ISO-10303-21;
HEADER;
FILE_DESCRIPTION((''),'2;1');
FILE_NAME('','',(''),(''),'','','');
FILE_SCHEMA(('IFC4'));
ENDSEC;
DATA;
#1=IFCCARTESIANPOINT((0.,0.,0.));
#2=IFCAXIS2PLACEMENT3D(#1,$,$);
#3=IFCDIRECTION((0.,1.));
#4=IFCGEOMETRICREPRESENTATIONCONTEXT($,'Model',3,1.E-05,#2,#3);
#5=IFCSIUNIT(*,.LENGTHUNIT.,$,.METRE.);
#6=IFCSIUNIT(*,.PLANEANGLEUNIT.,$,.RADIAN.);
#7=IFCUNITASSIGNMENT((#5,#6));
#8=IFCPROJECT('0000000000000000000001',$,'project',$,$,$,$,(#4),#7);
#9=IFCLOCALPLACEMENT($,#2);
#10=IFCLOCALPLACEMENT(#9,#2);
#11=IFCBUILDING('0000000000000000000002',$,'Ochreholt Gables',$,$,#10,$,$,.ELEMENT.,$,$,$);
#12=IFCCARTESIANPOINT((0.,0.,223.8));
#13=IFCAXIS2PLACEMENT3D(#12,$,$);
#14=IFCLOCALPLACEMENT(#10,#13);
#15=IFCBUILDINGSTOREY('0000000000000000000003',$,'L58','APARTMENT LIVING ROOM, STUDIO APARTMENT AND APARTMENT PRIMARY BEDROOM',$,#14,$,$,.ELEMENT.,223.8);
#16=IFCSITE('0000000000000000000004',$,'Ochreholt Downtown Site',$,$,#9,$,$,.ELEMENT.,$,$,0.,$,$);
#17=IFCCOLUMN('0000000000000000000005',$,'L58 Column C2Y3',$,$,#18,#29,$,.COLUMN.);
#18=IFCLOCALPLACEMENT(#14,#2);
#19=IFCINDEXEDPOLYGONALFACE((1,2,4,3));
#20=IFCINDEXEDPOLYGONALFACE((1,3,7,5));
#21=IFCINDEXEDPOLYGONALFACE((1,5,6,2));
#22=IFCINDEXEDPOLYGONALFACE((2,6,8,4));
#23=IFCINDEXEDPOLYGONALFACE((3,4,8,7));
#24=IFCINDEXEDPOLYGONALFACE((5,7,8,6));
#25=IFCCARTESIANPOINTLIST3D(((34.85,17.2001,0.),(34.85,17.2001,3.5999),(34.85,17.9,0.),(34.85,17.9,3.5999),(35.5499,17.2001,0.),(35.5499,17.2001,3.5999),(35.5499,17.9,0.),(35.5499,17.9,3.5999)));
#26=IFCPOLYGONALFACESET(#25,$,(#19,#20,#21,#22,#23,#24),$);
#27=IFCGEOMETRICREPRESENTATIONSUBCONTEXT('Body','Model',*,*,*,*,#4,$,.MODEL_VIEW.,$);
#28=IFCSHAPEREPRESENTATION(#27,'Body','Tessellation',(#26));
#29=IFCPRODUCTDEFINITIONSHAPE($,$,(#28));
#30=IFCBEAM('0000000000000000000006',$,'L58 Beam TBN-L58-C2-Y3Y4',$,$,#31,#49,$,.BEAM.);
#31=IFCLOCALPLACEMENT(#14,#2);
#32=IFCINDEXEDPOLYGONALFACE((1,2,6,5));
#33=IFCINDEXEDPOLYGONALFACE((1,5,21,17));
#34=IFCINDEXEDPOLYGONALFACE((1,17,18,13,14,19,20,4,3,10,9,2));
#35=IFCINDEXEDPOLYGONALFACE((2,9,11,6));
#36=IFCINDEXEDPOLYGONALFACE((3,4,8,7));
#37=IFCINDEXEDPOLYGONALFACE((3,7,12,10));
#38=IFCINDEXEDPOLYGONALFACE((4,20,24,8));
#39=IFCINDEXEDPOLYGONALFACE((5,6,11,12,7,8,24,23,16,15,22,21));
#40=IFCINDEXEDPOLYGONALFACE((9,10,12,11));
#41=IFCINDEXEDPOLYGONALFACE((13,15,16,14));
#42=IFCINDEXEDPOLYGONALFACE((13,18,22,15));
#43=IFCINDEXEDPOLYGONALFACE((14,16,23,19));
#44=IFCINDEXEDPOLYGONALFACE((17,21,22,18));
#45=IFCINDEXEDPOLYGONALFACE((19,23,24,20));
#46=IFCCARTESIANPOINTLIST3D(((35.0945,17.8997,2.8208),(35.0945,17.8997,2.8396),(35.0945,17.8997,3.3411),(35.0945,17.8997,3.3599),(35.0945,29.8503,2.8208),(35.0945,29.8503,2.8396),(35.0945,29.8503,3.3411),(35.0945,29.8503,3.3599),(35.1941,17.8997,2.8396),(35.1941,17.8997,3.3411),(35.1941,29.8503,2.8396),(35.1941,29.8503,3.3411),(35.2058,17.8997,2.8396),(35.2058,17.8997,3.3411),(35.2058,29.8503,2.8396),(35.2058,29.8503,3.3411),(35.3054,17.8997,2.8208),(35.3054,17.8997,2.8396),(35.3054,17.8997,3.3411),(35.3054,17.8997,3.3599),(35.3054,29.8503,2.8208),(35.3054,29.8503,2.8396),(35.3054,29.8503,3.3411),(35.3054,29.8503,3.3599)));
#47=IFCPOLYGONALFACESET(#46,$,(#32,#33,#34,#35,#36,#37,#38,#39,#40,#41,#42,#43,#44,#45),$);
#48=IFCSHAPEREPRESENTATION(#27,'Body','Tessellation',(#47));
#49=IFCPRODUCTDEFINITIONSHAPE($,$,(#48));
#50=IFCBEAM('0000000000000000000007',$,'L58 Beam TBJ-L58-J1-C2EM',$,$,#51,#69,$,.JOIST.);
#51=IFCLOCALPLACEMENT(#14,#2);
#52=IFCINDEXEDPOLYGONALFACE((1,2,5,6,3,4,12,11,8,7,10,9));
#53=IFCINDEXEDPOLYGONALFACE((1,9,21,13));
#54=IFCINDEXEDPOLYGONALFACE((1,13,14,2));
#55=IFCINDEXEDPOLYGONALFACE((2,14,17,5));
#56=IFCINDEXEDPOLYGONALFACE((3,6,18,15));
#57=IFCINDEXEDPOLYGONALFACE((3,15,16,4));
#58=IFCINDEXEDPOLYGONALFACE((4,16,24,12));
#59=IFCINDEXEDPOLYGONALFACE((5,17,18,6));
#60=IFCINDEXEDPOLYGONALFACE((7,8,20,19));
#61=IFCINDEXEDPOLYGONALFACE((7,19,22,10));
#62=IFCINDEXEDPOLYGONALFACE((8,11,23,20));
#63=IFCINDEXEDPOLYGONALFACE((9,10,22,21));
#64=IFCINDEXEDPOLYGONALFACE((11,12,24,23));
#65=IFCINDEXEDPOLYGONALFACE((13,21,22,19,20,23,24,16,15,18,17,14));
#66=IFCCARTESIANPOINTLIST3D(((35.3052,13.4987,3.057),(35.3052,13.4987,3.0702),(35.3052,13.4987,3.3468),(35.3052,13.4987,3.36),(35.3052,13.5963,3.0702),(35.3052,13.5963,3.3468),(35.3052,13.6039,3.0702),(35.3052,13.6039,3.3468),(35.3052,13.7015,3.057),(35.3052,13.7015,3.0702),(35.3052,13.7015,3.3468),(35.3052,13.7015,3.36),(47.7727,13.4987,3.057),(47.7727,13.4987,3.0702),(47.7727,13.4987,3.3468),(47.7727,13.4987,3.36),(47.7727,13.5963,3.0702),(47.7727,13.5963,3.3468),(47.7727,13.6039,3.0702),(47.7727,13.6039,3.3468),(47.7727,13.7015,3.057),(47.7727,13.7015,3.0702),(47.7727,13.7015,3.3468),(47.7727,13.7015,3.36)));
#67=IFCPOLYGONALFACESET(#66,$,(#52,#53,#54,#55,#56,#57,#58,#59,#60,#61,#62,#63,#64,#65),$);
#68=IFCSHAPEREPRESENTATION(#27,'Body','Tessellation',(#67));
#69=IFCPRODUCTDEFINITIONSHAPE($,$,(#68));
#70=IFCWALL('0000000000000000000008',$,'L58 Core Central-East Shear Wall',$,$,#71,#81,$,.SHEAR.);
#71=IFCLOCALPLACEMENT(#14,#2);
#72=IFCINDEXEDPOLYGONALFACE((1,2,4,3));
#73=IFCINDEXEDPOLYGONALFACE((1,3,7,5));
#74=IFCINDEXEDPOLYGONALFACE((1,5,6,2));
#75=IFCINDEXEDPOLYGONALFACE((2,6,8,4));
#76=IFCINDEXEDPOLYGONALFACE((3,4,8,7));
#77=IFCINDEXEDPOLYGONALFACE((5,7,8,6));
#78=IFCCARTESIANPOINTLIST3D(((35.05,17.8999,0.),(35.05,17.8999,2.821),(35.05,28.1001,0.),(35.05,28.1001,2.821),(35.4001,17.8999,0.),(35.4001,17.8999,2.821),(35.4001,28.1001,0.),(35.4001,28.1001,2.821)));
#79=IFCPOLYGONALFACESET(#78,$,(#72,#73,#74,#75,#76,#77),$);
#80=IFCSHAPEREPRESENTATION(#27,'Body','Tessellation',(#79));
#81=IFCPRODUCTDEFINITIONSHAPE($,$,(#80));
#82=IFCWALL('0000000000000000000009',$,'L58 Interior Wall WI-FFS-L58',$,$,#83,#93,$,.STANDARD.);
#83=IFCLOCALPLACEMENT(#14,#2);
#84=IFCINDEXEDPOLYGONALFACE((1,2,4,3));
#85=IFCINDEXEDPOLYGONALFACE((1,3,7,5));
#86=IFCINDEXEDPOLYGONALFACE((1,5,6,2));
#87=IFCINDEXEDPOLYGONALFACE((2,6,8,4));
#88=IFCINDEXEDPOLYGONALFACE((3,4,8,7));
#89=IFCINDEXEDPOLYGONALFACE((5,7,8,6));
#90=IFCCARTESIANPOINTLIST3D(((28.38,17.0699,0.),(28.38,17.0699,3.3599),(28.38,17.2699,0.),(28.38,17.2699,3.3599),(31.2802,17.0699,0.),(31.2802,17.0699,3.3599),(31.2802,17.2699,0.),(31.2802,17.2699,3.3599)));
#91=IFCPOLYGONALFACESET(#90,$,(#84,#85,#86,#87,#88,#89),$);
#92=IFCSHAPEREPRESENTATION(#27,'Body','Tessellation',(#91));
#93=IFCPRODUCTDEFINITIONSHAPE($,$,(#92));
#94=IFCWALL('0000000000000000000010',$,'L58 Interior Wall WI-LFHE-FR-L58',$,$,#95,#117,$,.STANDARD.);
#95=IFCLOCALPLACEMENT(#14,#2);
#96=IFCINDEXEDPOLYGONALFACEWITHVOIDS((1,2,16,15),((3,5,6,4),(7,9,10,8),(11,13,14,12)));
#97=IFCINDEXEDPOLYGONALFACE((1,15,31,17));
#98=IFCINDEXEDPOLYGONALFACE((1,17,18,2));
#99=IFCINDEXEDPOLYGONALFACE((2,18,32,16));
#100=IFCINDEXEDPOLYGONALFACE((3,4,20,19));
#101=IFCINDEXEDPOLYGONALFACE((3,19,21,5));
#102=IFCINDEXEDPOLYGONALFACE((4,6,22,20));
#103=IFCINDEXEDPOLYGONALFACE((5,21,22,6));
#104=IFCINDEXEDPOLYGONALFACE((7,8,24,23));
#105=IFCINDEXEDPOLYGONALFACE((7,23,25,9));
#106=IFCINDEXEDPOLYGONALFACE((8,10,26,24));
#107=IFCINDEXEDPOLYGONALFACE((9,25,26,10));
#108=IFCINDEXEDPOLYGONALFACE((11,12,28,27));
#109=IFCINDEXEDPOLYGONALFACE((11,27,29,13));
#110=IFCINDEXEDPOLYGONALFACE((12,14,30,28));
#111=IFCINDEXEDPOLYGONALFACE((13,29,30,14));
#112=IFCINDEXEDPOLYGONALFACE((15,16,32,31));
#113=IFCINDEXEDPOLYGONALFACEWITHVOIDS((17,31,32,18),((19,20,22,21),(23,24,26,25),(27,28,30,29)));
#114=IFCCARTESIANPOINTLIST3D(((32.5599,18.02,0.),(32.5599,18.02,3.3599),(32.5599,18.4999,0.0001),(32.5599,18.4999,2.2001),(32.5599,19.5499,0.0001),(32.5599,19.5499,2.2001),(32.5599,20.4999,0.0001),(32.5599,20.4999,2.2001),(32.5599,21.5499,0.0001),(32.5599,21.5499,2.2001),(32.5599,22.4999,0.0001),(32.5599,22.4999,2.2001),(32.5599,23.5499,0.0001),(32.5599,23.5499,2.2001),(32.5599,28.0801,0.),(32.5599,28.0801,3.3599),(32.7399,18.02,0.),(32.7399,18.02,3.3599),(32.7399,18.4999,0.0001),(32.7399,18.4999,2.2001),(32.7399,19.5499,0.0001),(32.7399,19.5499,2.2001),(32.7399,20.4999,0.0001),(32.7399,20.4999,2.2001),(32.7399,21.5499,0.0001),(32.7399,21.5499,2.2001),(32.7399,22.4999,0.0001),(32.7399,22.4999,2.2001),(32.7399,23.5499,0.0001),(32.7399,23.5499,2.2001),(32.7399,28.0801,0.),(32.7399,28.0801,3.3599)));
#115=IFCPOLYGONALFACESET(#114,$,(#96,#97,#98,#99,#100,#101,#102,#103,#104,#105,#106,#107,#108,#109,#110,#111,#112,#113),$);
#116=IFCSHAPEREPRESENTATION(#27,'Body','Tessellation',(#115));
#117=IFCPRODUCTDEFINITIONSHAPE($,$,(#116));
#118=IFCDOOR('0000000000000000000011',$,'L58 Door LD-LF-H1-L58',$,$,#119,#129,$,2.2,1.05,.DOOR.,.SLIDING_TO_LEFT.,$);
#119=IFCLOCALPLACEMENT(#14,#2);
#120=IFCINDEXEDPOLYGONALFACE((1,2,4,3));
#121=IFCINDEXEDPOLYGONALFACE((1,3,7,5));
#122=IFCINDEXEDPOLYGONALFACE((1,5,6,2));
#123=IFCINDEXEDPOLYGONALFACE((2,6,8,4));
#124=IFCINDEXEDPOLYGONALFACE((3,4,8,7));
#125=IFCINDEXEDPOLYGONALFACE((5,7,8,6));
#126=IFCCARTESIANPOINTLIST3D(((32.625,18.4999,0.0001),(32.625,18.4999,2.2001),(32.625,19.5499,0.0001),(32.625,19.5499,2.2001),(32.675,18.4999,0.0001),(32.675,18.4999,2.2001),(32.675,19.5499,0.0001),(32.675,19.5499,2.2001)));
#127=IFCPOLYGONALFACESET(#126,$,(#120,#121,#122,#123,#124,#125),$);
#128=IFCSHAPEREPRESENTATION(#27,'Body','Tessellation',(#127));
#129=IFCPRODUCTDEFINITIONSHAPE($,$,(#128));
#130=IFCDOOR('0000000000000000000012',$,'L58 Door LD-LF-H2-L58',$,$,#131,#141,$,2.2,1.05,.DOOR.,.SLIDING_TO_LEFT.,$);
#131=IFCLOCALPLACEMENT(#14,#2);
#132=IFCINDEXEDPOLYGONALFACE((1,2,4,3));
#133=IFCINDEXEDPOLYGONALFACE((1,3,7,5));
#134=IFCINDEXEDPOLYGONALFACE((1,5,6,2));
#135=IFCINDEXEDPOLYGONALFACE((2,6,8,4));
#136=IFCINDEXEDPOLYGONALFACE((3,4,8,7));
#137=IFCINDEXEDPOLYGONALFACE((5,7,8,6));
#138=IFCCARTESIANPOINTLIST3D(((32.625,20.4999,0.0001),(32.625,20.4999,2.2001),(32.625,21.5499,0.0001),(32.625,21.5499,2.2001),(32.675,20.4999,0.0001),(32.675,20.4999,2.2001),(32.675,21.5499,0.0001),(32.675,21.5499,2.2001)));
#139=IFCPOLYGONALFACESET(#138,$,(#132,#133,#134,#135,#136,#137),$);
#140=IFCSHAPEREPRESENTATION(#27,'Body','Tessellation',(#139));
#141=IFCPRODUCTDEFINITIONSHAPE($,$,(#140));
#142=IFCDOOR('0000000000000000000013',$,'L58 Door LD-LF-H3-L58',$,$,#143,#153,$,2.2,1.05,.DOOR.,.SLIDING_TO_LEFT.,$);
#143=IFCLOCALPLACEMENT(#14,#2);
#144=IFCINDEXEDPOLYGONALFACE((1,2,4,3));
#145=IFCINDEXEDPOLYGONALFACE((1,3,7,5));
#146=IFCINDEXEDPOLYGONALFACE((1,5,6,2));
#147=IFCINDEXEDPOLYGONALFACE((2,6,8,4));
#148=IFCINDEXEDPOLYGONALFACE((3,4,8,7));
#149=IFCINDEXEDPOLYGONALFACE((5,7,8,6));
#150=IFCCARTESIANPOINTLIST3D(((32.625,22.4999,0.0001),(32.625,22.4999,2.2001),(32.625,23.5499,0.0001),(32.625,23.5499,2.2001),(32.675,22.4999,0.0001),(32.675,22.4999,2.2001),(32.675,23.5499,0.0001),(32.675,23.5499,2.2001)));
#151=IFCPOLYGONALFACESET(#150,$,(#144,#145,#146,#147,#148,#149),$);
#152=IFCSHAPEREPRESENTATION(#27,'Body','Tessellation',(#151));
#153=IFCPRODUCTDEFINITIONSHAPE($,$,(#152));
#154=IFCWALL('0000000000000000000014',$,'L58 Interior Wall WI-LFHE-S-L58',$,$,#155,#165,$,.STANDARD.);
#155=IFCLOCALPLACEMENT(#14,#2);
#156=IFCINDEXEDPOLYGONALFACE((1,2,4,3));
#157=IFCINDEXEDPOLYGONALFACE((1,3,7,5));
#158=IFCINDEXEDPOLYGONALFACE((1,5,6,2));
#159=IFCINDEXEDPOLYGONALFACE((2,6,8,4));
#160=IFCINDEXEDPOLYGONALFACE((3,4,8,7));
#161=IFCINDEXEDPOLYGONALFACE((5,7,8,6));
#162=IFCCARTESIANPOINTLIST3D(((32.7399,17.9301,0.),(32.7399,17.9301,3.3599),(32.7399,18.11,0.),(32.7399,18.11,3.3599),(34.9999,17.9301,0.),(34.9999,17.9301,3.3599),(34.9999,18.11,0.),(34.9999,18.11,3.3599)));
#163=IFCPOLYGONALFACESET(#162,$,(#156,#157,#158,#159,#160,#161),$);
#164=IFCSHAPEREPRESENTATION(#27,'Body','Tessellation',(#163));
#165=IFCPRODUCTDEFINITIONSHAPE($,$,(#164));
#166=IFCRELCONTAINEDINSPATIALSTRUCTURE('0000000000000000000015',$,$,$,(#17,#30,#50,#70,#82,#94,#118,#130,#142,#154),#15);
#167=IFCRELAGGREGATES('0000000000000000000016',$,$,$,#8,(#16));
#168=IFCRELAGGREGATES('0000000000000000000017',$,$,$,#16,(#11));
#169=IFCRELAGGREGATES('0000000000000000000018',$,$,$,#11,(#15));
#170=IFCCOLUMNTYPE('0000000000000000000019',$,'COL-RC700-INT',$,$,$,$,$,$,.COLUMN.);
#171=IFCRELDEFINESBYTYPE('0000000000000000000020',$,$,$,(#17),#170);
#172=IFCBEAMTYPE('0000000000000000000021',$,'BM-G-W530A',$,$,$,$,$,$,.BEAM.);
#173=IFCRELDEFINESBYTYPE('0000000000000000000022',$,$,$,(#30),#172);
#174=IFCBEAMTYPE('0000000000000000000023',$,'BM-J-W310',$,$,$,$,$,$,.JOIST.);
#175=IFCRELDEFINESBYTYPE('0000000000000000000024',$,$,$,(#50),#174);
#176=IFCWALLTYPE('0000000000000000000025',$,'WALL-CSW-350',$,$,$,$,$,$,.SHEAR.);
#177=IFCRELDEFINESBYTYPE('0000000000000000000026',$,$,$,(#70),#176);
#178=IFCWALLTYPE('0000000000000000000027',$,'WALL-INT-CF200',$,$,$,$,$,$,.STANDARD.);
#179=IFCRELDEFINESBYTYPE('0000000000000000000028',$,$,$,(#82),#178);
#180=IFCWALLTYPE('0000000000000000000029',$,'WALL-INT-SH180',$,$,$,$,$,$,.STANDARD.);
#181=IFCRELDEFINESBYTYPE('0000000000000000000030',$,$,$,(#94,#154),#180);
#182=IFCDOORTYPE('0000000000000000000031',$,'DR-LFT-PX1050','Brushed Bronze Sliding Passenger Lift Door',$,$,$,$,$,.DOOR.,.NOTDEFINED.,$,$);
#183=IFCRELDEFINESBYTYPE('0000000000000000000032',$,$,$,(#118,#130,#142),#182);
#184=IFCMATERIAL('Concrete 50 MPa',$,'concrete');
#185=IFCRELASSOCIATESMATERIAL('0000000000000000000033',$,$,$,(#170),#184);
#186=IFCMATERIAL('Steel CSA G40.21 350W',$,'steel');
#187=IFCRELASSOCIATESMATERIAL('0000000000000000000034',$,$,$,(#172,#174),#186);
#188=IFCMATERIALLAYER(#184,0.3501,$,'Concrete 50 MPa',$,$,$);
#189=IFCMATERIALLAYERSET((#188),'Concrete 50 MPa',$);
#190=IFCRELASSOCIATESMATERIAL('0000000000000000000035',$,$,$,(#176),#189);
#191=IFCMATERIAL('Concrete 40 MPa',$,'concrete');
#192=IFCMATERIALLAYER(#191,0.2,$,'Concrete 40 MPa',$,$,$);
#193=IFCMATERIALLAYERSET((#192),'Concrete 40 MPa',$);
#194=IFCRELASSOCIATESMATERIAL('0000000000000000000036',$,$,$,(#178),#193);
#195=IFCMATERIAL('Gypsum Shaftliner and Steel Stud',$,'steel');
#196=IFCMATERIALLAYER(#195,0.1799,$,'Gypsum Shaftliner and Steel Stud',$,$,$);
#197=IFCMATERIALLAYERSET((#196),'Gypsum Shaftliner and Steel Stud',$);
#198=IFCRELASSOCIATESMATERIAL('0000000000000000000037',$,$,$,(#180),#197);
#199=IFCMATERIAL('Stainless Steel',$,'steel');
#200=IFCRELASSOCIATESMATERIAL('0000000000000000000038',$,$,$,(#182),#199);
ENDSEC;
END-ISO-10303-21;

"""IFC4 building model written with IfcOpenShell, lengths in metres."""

from ifc_helpers import new_model, si_unit, direction, frame, frame_2d, origin, origin_2d, place, context, subcontext, project, spatial, rectangle, i_section, extrude, material, layer, layer_set, material_profile, profile_set, type_object, element, fill, save


model = new_model("IFC4")

# Units and contexts
model_context = context("Model", 3, precision=1e-05, world=origin(), true_north=direction((0.0, 1.0)))
body_context = subcontext(model_context, "Body", "Model", "MODEL_VIEW")
ifc_project = project(units=[si_unit("LENGTHUNIT", "METRE"), si_unit("PLANEANGLEUNIT", "RADIAN")], contexts=[model_context])

# Site, building, storey
site_placement = place(None, origin())
site = spatial("IfcSite", under=ifc_project, at=site_placement, Name="Ochreholt Downtown Site", CompositionType="ELEMENT", RefElevation=0.0)
building_placement = place(site_placement, origin())
building = spatial("IfcBuilding", under=site, at=building_placement, Name="Ochreholt Gables", CompositionType="ELEMENT")
storey_placement = place(building_placement, frame((0.0, 0.0, 223.8)))
storey = spatial("IfcBuildingStorey", under=building, at=storey_placement, Name="L58", Description="APARTMENT LIVING ROOM, STUDIO APARTMENT AND APARTMENT PRIMARY BEDROOM", CompositionType="ELEMENT", Elevation=223.8)

# Column
ifc_material_1 = material(Name="Concrete 50 MPa", Category="concrete")
ifc_material_profile_1 = material_profile(ifc_material_1, rectangle(XDim=0.7, YDim=0.7, at=origin_2d()), Name="RC700X700")
ifc_profile_set_1 = profile_set([ifc_material_profile_1], Name="Concrete 50 MPa")
column_type = type_object("IfcColumnType", Name="COL-RC700-INT", PredefinedType="COLUMN", material=ifc_profile_set_1)
column_placement = place(storey_placement, frame((35.2, 17.55, 0.0), z_axis=(0.0, 0.0, 1.0), x_axis=(1.0, 0.0, 0.0)))
element("IfcColumn", 1, at=column_placement, inside=storey, type_object=column_type, Name="L58 Column C2Y3", PredefinedType="COLUMN", context=body_context, shape_type="SweptSolid", body=[
    extrude(rectangle(XDim=0.7, YDim=0.7, at=origin_2d()), origin(), (0.0, 0.0, 1.0), 3.5999),
])

# Beams
ifc_material_2 = material(Name="Steel CSA G40.21 350W", Category="steel")
ifc_material_profile_2 = material_profile(ifc_material_2, i_section(OverallWidth=0.2109, OverallDepth=0.5391, WebThickness=0.0117, FlangeThickness=0.0188, at=origin_2d()), Name="W530X109")
ifc_profile_set_2 = profile_set([ifc_material_profile_2], Name="Steel CSA G40.21 350W")
beam_type_1 = type_object("IfcBeamType", Name="BM-G-W530A", PredefinedType="BEAM", material=ifc_profile_set_2)
beam_1_placement = place(storey_placement, frame((35.2, 17.8997, 3.0903), z_axis=(0.0, 1.0, 0.0), x_axis=(-1.0, 0.0, 0.0)))
element("IfcBeam", 2, at=beam_1_placement, inside=storey, type_object=beam_type_1, Name="L58 Beam TBN-L58-C2-Y3Y4", PredefinedType="BEAM", context=body_context, shape_type="SweptSolid", body=[
    extrude(i_section(OverallWidth=0.2109, OverallDepth=0.5391, WebThickness=0.0117, FlangeThickness=0.0188, at=origin_2d()), origin(), (0.0, 0.0, 1.0), 11.9507),
])
ifc_material_profile_3 = material_profile(ifc_material_2, i_section(OverallWidth=0.2029, OverallDepth=0.303, WebThickness=0.0076, FlangeThickness=0.0132, at=origin_2d()), Name="W310X60")
ifc_profile_set_3 = profile_set([ifc_material_profile_3], Name="Steel CSA G40.21 350W")
beam_type_2 = type_object("IfcBeamType", Name="BM-J-W310", PredefinedType="JOIST", material=ifc_profile_set_3)
beam_2_placement = place(storey_placement, frame((35.3052, 13.6001, 3.2085), z_axis=(1.0, 0.0, 0.0), x_axis=(0.0, 1.0, 0.0)))
element("IfcBeam", 3, at=beam_2_placement, inside=storey, type_object=beam_type_2, Name="L58 Beam TBJ-L58-J1-C2EM", PredefinedType="JOIST", context=body_context, shape_type="SweptSolid", body=[
    extrude(i_section(OverallWidth=0.2029, OverallDepth=0.303, WebThickness=0.0076, FlangeThickness=0.0132, at=origin_2d()), origin(), (0.0, 0.0, 1.0), 12.4675),
])

# Walls
ifc_layer_1 = layer(ifc_material_1, 0.3501, Name="Concrete 50 MPa")
ifc_layer_set_1 = layer_set([ifc_layer_1], Name="Concrete 50 MPa")
wall_type_1 = type_object("IfcWallType", Name="WALL-CSW-350", PredefinedType="SHEAR", material=ifc_layer_set_1)
wall_1_placement = place(storey_placement, frame((35.2251, 17.8999, 0.0), z_axis=(0.0, 0.0, 1.0), x_axis=(0.0, 1.0, 0.0)))
element("IfcWall", 4, at=wall_1_placement, inside=storey, type_object=wall_type_1, Name="L58 Core Central-East Shear Wall", PredefinedType="SHEAR", context=body_context, shape_type="SweptSolid", body=[
    extrude(rectangle(XDim=10.2002, YDim=0.3501, at=frame_2d((5.1001, 0.0))), origin(), (0.0, 0.0, 1.0), 2.821),
])
ifc_material_3 = material(Name="Concrete 40 MPa", Category="concrete")
ifc_layer_2 = layer(ifc_material_3, 0.2, Name="Concrete 40 MPa")
ifc_layer_set_2 = layer_set([ifc_layer_2], Name="Concrete 40 MPa")
wall_type_2 = type_object("IfcWallType", Name="WALL-INT-CF200", PredefinedType="STANDARD", material=ifc_layer_set_2)
wall_2_placement = place(storey_placement, frame((28.3799, 17.1699, 0.0), z_axis=(0.0, 0.0, 1.0), x_axis=(1.0, 0.0, 0.0)))
element("IfcWall", 5, at=wall_2_placement, inside=storey, type_object=wall_type_2, Name="L58 Interior Wall WI-FFS-L58", PredefinedType="STANDARD", context=body_context, shape_type="SweptSolid", body=[
    extrude(rectangle(XDim=2.9001, YDim=0.2, at=frame_2d((1.4502, 0.0))), origin(), (0.0, 0.0, 1.0), 3.3599),
])

# Wall, openings, doors
ifc_material_4 = material(Name="Gypsum Shaftliner and Steel Stud", Category="steel")
ifc_layer_3 = layer(ifc_material_4, 0.1799, Name="Gypsum Shaftliner and Steel Stud")
ifc_layer_set_3 = layer_set([ifc_layer_3], Name="Gypsum Shaftliner and Steel Stud")
wall_type_3 = type_object("IfcWallType", Name="WALL-INT-SH180", PredefinedType="STANDARD", material=ifc_layer_set_3)
wall_3_placement = place(storey_placement, frame((32.6499, 18.02, 0.0), z_axis=(0.0, 0.0, 1.0), x_axis=(0.0, 1.0, 0.0)))
wall_3 = element("IfcWall", 6, at=wall_3_placement, inside=storey, type_object=wall_type_3, Name="L58 Interior Wall WI-LFHE-FR-L58", PredefinedType="STANDARD", context=body_context, shape_type="SweptSolid", body=[
    extrude(rectangle(XDim=10.0601, YDim=0.1799, at=frame_2d((5.03, 0.0))), origin(), (0.0, 0.0, 1.0), 3.3599),
])
opening_1_placement = place(wall_3_placement, frame((0.48, 0.0, 0.0)))
opening_1 = element("IfcOpeningElement", 7, at=opening_1_placement, cuts=wall_3, PredefinedType="OPENING", context=body_context, shape_type="SweptSolid", body=[
    extrude(rectangle(XDim=1.05, YDim=2.2, at=frame_2d((0.5249, 1.1001))), frame((0.0, 0.0999, 0.0), z_axis=(0.0, -1.0, 0.0), x_axis=(1.0, 0.0, 0.0)), (0.0, 0.0, 1.0), 0.2),
])
opening_2_placement = place(wall_3_placement, frame((2.48, 0.0, 0.0)))
opening_2 = element("IfcOpeningElement", 8, at=opening_2_placement, cuts=wall_3, PredefinedType="OPENING", context=body_context, shape_type="SweptSolid", body=[
    extrude(rectangle(XDim=1.05, YDim=2.2, at=frame_2d((0.5249, 1.1001))), frame((0.0, 0.0999, 0.0), z_axis=(0.0, -1.0, 0.0), x_axis=(1.0, 0.0, 0.0)), (0.0, 0.0, 1.0), 0.2),
])
opening_3_placement = place(wall_3_placement, frame((4.48, 0.0, 0.0)))
opening_3 = element("IfcOpeningElement", 9, at=opening_3_placement, cuts=wall_3, PredefinedType="OPENING", context=body_context, shape_type="SweptSolid", body=[
    extrude(rectangle(XDim=1.05, YDim=2.2, at=frame_2d((0.5249, 1.1001))), frame((0.0, 0.0999, 0.0), z_axis=(0.0, -1.0, 0.0), x_axis=(1.0, 0.0, 0.0)), (0.0, 0.0, 1.0), 0.2),
])
ifc_material_5 = material(Name="Stainless Steel", Category="steel")
door_type_1 = type_object("IfcDoorType", Name="DR-LFT-PX1050", Description="Brushed Bronze Sliding Passenger Lift Door", OperationType="NOTDEFINED", PredefinedType="DOOR", material=ifc_material_5)
door_1_placement = place(opening_1_placement, origin())
door_1 = element("IfcDoor", 10, at=door_1_placement, inside=storey, type_object=door_type_1, Name="L58 Door LD-LF-H1-L58", OperationType="SLIDING_TO_LEFT", OverallHeight=2.2, OverallWidth=1.05, PredefinedType="DOOR", context=body_context, shape_type="SweptSolid", body=[
    extrude(rectangle(XDim=1.05, YDim=2.2, at=frame_2d((0.5249, 1.1001))), frame((0.0, 0.0249, 0.0), z_axis=(0.0, -1.0, 0.0), x_axis=(1.0, 0.0, 0.0)), (0.0, 0.0, 1.0), 0.05),
])
fill(opening_1, door_1)
door_2_placement = place(opening_2_placement, origin())
door_2 = element("IfcDoor", 11, at=door_2_placement, inside=storey, type_object=door_type_1, Name="L58 Door LD-LF-H2-L58", OperationType="SLIDING_TO_LEFT", OverallHeight=2.2, OverallWidth=1.05, PredefinedType="DOOR", context=body_context, shape_type="SweptSolid", body=[
    extrude(rectangle(XDim=1.05, YDim=2.2, at=frame_2d((0.5249, 1.1001))), frame((0.0, 0.0249, 0.0), z_axis=(0.0, -1.0, 0.0), x_axis=(1.0, 0.0, 0.0)), (0.0, 0.0, 1.0), 0.05),
])
fill(opening_2, door_2)
door_3_placement = place(opening_3_placement, origin())
door_3 = element("IfcDoor", 12, at=door_3_placement, inside=storey, type_object=door_type_1, Name="L58 Door LD-LF-H3-L58", OperationType="SLIDING_TO_LEFT", OverallHeight=2.2, OverallWidth=1.05, PredefinedType="DOOR", context=body_context, shape_type="SweptSolid", body=[
    extrude(rectangle(XDim=1.05, YDim=2.2, at=frame_2d((0.5249, 1.1001))), frame((0.0, 0.0249, 0.0), z_axis=(0.0, -1.0, 0.0), x_axis=(1.0, 0.0, 0.0)), (0.0, 0.0, 1.0), 0.05),
])
fill(opening_3, door_3)

# Wall
wall_4_placement = place(storey_placement, frame((32.74, 18.02, 0.0), z_axis=(0.0, 0.0, 1.0), x_axis=(1.0, 0.0, 0.0)))
element("IfcWall", 13, at=wall_4_placement, inside=storey, type_object=wall_type_3, Name="L58 Interior Wall WI-LFHE-S-L58", PredefinedType="STANDARD", context=body_context, shape_type="SweptSolid", body=[
    extrude(rectangle(XDim=2.26, YDim=0.1799, at=frame_2d((1.1299, 0.0))), origin(), (0.0, 0.0, 1.0), 3.3599),
])

save(model, "model.ifc")
